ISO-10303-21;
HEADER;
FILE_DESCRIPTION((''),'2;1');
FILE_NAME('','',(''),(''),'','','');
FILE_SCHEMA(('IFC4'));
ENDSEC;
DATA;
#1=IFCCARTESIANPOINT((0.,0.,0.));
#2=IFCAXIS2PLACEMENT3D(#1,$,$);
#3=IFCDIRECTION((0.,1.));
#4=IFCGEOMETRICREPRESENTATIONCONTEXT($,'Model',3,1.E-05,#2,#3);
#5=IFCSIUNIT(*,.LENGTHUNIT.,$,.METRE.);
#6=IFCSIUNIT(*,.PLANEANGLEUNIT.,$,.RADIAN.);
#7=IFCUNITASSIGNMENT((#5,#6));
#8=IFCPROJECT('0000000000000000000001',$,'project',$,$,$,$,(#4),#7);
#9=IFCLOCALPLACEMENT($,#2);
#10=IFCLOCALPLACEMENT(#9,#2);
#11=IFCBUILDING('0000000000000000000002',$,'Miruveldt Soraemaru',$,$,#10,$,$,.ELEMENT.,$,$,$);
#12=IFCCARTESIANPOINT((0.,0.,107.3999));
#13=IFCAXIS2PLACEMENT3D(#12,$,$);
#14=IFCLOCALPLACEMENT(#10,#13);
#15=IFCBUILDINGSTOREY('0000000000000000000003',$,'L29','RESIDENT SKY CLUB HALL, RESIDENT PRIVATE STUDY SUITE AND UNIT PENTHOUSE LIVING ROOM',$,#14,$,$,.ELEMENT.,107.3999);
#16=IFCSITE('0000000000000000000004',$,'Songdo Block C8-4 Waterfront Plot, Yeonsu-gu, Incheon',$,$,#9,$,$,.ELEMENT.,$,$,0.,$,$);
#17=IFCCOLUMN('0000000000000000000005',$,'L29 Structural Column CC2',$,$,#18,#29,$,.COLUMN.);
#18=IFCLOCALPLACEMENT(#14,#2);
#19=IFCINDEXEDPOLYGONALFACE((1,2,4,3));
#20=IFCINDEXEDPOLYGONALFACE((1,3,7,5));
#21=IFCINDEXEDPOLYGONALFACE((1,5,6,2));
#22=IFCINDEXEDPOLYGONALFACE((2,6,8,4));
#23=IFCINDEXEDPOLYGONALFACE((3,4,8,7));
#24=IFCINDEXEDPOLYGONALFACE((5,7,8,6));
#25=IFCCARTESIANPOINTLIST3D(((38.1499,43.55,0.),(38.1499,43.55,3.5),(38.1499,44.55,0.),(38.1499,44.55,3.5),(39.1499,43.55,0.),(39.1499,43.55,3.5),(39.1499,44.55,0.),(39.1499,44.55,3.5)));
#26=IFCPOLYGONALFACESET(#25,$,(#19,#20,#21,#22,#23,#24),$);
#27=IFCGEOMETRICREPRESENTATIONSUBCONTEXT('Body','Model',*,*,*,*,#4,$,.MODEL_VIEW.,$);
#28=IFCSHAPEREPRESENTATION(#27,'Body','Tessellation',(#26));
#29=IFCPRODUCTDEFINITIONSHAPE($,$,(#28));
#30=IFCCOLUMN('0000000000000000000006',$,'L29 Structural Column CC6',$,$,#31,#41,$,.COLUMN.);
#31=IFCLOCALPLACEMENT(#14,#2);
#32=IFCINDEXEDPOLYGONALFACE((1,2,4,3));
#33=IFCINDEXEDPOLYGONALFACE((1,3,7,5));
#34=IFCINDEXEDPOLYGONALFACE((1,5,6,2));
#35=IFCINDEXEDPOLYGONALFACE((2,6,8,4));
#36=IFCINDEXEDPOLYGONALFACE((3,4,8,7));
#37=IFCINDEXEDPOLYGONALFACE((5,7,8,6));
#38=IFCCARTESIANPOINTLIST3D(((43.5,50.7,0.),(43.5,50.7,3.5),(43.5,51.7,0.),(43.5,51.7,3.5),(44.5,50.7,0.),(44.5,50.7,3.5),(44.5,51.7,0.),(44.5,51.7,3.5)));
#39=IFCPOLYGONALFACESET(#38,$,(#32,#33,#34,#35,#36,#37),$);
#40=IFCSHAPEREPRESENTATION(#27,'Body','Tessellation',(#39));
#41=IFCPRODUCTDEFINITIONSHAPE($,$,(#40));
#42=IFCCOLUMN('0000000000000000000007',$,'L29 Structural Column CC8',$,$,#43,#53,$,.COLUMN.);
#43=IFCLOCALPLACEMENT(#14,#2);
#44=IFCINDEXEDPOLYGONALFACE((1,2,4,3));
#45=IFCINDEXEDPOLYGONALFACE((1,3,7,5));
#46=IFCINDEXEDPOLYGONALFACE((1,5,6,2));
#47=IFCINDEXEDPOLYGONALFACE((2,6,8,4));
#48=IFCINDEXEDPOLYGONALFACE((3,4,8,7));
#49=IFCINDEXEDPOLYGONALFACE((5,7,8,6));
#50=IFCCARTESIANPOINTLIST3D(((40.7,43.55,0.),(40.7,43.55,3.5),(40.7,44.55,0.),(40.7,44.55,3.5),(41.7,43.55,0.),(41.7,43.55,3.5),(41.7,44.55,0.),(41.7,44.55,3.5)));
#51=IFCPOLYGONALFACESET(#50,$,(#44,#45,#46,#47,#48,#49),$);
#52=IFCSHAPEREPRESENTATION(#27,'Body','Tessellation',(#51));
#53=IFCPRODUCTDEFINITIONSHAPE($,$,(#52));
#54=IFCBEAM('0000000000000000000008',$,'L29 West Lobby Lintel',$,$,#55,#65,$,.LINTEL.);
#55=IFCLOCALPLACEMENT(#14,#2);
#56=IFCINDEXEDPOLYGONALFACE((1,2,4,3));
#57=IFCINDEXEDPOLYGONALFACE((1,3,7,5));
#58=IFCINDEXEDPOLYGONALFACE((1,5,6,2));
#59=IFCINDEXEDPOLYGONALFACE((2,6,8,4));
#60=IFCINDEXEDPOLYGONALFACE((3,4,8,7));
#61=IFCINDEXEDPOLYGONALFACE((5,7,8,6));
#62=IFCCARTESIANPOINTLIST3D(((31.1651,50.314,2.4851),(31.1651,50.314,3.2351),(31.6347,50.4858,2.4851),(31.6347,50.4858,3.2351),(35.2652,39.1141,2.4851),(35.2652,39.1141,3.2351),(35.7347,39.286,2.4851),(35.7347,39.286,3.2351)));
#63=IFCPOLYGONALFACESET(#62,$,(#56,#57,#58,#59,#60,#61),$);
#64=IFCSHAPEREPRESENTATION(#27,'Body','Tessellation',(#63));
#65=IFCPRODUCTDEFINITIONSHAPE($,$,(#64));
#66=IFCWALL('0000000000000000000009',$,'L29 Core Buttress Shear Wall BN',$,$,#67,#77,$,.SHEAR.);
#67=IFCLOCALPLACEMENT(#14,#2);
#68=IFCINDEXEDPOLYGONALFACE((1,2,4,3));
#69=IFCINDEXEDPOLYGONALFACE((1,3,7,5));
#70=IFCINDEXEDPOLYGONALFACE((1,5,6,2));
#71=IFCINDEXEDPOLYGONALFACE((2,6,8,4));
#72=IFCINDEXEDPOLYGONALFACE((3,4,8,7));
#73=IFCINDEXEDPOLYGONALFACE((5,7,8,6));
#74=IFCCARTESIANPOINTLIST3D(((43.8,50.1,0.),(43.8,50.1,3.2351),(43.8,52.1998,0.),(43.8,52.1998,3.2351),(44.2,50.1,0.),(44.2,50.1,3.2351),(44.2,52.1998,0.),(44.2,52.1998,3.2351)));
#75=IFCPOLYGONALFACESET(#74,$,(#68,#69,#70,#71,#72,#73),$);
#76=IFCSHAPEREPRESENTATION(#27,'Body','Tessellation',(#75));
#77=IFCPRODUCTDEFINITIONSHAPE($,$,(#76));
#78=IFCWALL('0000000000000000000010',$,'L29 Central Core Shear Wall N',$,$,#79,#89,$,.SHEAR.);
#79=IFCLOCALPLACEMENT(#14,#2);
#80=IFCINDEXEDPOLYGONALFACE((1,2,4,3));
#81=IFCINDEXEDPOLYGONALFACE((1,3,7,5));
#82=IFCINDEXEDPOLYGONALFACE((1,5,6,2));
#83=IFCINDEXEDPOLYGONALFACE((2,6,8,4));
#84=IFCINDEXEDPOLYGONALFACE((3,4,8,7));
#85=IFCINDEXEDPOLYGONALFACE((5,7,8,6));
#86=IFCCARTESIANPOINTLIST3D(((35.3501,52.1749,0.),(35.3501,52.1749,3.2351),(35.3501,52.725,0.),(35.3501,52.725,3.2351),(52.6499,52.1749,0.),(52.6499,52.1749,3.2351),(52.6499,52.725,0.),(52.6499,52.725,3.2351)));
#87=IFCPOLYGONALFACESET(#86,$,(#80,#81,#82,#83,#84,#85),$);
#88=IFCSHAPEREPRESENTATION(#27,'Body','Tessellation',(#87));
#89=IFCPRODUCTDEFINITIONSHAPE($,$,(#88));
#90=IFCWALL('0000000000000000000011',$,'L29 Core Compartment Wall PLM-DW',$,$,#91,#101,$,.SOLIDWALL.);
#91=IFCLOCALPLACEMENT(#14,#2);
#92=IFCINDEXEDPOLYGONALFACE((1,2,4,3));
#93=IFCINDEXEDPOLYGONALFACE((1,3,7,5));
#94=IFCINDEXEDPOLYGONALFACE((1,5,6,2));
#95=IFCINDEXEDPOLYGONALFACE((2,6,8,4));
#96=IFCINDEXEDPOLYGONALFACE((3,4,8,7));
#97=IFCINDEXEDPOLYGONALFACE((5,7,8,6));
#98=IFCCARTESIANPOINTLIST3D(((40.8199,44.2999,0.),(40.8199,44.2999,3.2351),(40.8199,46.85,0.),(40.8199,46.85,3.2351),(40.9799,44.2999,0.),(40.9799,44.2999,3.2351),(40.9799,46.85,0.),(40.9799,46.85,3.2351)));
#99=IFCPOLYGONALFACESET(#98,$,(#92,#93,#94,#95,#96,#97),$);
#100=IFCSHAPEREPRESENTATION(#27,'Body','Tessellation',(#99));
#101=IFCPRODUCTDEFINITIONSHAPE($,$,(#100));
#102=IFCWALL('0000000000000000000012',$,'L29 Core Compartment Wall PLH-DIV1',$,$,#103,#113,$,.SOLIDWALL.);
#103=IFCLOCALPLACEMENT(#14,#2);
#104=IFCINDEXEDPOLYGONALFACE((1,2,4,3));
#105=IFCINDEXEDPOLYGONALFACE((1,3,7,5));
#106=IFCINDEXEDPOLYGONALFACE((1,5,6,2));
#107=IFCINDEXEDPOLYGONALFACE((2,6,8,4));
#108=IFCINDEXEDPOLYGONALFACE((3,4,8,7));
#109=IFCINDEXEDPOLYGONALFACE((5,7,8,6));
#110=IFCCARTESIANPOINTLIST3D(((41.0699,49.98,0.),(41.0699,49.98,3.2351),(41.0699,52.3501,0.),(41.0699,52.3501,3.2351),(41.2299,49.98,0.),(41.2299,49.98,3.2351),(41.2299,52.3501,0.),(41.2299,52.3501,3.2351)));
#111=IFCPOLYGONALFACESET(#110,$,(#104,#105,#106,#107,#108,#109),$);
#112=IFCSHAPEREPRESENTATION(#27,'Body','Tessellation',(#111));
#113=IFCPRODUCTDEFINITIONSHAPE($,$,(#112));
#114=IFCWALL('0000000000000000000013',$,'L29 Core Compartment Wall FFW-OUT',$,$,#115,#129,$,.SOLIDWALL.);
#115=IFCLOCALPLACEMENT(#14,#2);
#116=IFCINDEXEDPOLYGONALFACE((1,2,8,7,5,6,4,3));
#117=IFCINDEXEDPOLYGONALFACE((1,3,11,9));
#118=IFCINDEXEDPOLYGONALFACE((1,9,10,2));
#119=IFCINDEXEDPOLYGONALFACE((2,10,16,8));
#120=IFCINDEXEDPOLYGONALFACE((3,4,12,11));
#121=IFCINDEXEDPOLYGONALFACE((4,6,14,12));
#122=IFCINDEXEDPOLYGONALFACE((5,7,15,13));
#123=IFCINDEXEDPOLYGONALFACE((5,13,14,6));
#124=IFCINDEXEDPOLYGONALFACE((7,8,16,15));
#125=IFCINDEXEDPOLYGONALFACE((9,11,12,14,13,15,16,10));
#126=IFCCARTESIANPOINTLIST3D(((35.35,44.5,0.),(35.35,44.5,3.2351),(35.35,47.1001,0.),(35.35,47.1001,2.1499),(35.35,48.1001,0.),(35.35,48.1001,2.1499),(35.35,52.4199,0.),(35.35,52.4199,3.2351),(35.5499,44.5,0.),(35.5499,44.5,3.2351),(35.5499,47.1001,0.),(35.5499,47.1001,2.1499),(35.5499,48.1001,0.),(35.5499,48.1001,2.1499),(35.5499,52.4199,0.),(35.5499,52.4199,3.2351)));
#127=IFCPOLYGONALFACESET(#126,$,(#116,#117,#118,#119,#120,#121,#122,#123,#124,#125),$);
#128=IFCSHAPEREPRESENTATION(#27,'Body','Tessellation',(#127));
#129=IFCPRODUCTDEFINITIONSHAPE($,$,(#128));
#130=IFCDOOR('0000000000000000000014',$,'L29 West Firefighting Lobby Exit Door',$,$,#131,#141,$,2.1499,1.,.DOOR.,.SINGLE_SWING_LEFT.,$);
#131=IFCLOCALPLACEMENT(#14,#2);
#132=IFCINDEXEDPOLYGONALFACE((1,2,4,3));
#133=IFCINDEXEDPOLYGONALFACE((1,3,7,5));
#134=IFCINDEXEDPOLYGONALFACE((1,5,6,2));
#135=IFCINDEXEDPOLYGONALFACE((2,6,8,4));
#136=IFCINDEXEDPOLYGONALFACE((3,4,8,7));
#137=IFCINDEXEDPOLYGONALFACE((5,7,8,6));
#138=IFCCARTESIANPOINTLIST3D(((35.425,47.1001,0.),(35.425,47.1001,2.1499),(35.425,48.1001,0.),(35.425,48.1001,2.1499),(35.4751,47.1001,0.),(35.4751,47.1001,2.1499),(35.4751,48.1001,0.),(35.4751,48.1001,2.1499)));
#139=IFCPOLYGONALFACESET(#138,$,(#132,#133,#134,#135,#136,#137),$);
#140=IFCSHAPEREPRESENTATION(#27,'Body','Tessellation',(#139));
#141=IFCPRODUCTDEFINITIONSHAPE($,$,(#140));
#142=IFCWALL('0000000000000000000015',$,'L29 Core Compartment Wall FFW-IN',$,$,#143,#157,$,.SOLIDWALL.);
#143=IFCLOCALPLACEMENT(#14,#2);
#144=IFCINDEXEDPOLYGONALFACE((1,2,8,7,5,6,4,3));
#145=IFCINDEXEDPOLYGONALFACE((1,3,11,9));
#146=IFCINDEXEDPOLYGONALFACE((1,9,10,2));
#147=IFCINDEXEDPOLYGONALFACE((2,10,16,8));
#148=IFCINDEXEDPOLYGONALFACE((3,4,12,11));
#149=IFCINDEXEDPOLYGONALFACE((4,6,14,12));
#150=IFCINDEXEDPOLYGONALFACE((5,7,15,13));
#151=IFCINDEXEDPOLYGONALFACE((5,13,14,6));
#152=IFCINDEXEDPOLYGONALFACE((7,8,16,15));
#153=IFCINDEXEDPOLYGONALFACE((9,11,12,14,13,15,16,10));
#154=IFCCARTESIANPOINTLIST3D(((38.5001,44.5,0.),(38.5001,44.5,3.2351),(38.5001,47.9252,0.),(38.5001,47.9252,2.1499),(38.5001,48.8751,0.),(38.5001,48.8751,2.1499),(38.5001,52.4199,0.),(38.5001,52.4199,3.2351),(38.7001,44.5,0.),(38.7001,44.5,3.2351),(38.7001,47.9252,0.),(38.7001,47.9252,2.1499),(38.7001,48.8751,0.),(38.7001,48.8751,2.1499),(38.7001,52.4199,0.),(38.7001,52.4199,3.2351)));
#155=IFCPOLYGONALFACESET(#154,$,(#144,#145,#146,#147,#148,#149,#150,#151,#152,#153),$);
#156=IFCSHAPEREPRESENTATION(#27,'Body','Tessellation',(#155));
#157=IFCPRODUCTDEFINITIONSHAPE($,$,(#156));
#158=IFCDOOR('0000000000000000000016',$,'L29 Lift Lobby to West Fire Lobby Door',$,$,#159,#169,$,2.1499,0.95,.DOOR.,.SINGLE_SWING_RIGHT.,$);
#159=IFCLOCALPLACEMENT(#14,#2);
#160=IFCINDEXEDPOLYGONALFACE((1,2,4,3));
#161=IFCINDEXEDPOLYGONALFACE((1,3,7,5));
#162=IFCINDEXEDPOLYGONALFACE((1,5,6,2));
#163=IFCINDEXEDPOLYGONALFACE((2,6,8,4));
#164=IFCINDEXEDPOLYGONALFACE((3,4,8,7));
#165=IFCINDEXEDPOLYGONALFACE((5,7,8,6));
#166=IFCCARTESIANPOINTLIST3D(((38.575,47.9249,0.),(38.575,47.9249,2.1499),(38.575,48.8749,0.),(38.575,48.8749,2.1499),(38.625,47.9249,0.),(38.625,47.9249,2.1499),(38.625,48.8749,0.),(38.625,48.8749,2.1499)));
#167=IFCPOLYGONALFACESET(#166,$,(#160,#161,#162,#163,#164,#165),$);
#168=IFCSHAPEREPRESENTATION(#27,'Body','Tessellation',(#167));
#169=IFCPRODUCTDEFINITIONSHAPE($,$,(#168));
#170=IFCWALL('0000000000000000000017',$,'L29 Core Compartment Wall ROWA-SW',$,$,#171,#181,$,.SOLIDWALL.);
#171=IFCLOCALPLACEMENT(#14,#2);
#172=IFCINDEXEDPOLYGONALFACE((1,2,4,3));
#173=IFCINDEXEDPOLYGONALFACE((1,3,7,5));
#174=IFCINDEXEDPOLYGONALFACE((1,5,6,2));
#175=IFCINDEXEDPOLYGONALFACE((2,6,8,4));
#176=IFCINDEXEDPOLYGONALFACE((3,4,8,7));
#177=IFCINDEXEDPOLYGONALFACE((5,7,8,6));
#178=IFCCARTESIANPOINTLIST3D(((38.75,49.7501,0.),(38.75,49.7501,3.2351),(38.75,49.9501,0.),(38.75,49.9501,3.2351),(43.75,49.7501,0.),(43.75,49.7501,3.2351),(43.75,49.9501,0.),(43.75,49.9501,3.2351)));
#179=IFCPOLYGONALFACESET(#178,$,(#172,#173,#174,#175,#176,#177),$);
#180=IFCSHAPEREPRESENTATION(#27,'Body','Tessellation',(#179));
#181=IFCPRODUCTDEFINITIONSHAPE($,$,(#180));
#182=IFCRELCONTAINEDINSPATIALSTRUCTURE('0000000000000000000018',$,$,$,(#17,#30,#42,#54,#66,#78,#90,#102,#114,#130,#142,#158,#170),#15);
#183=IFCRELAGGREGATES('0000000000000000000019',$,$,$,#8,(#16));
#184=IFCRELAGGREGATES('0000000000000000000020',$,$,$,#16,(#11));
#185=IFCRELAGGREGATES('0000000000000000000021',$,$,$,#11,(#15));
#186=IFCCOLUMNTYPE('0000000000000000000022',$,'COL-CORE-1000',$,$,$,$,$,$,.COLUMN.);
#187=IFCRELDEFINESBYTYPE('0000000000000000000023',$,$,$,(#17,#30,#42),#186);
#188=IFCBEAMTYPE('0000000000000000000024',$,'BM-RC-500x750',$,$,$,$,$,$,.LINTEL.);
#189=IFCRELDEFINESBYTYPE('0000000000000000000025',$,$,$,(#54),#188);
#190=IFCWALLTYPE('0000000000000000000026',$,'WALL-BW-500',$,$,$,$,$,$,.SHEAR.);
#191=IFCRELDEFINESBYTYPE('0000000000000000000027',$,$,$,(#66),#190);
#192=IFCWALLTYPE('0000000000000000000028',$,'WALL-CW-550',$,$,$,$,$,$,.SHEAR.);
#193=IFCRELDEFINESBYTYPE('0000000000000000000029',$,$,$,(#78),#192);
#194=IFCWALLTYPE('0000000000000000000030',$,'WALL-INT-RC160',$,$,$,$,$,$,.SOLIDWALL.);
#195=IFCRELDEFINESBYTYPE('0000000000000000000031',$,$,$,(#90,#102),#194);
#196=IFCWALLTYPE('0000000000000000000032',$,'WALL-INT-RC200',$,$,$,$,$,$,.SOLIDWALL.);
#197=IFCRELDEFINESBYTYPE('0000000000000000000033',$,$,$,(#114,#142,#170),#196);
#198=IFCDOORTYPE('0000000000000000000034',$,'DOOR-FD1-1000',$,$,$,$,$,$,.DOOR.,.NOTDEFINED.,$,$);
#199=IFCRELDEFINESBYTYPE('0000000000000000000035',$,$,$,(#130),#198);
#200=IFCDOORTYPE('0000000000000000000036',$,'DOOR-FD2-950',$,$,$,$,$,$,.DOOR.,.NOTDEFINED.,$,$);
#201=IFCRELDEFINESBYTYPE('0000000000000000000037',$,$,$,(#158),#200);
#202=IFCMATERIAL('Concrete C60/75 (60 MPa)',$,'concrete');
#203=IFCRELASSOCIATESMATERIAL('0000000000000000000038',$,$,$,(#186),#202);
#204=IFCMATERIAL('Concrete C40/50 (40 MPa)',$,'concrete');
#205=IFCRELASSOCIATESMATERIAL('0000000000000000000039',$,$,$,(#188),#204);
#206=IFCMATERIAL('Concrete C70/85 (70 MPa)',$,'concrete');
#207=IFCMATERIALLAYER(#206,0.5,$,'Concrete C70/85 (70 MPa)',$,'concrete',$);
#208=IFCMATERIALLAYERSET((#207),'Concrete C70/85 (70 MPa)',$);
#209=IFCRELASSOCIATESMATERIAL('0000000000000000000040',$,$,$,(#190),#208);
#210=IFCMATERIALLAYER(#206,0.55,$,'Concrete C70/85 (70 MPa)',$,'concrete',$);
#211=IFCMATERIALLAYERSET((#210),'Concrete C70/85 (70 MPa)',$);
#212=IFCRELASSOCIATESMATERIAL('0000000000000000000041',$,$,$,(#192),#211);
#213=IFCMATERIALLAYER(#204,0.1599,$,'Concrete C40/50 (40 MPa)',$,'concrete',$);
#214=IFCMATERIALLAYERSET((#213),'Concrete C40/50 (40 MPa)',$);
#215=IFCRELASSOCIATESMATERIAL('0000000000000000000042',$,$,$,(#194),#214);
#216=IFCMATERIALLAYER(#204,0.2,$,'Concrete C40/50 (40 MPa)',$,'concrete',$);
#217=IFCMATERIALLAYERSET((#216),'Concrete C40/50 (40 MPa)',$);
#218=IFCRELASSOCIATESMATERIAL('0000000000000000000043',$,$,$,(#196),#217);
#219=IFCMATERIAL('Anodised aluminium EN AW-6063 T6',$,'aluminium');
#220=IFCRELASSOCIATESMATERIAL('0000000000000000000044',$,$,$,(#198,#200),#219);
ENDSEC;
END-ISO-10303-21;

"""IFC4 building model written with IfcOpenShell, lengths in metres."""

from ifc_helpers import new_model, si_unit, direction, frame, frame_2d, origin, origin_2d, place, context, subcontext, project, spatial, rectangle, extrude, material, layer, layer_set, material_profile, profile_set, type_object, element, fill, save


model = new_model("IFC4")

# Units and contexts
model_context = context("Model", 3, precision=1e-05, world=origin(), true_north=direction((0.0, 1.0)))
body_context = subcontext(model_context, "Body", "Model", "MODEL_VIEW")
ifc_project = project(units=[si_unit("LENGTHUNIT", "METRE"), si_unit("PLANEANGLEUNIT", "RADIAN")], contexts=[model_context])

# Site, building, storey
site_placement = place(None, origin())
site = spatial("IfcSite", under=ifc_project, at=site_placement, Name="Songdo Block C8-4 Waterfront Plot, Yeonsu-gu, Incheon", CompositionType="ELEMENT", RefElevation=0.0)
building_placement = place(site_placement, origin())
building = spatial("IfcBuilding", under=site, at=building_placement, Name="Miruveldt Soraemaru", CompositionType="ELEMENT")
storey_placement = place(building_placement, frame((0.0, 0.0, 107.3999)))
storey = spatial("IfcBuildingStorey", under=building, at=storey_placement, Name="L29", Description="RESIDENT SKY CLUB HALL, RESIDENT PRIVATE STUDY SUITE AND UNIT PENTHOUSE LIVING ROOM", CompositionType="ELEMENT", Elevation=107.3999)

# Columns
ifc_material_1 = material(Name="Concrete C60/75 (60 MPa)", Category="concrete")
ifc_material_profile_1 = material_profile(ifc_material_1, rectangle(XDim=1.0, YDim=1.0, at=origin_2d()), Name="Concrete C60/75 (60 MPa)", Category="concrete")
ifc_profile_set_1 = profile_set([ifc_material_profile_1], Name="Concrete C60/75 (60 MPa)")
column_type = type_object("IfcColumnType", Name="COL-CORE-1000", PredefinedType="COLUMN", material=ifc_profile_set_1)
for number, where, z_axis, x_axis, name in (
    (1, (38.6499, 44.05, 0.0), (0.0, 0.0, 1.0), (1.0, 0.0, 0.0), "L29 Structural Column CC2"),
    (2, (44.0, 51.2, 0.0), (0.0, 0.0, 1.0), (1.0, 0.0, 0.0), "L29 Structural Column CC6"),
    (3, (41.2, 44.05, 0.0), (0.0, 0.0, 1.0), (1.0, 0.0, 0.0), "L29 Structural Column CC8"),
):
    element("IfcColumn", number, at=place(storey_placement, frame(where, z_axis=z_axis, x_axis=x_axis)), inside=storey, type_object=column_type, Name=name, PredefinedType="COLUMN", context=body_context, shape_type="SweptSolid", body=[
        extrude(rectangle(XDim=1.0, YDim=1.0, at=origin_2d()), origin(), (0.0, 0.0, 1.0), 3.5),
    ])

# Beam
ifc_material_2 = material(Name="Concrete C40/50 (40 MPa)", Category="concrete")
ifc_material_profile_2 = material_profile(ifc_material_2, rectangle(XDim=0.5, YDim=0.75, at=origin_2d()), Name="Concrete C40/50 (40 MPa)", Category="concrete")
ifc_profile_set_2 = profile_set([ifc_material_profile_2], Name="Concrete C40/50 (40 MPa)")
beam_type = type_object("IfcBeamType", Name="BM-RC-500x750", PredefinedType="LINTEL", material=ifc_profile_set_2)
beam_placement = place(storey_placement, frame((31.3999, 50.3999, 2.8601), z_axis=(0.34377, -0.939054, 0.0), x_axis=(0.939054, 0.34377, 0.0)))
element("IfcBeam", 4, at=beam_placement, inside=storey, type_object=beam_type, Name="L29 West Lobby Lintel", PredefinedType="LINTEL", context=body_context, shape_type="SweptSolid", body=[
    extrude(rectangle(XDim=0.5, YDim=0.75, at=origin_2d()), origin(), (0.0, 0.0, 1.0), 11.9268),
])

# Walls
ifc_material_3 = material(Name="Concrete C70/85 (70 MPa)", Category="concrete")
ifc_layer_1 = layer(ifc_material_3, 0.5, Name="Concrete C70/85 (70 MPa)", Category="concrete")
ifc_layer_set_1 = layer_set([ifc_layer_1], Name="Concrete C70/85 (70 MPa)")
wall_type_1 = type_object("IfcWallType", Name="WALL-BW-500", PredefinedType="SHEAR", material=ifc_layer_set_1)
wall_1_placement = place(storey_placement, frame((44.0, 50.1001, 0.0), z_axis=(0.0, 0.0, 1.0), x_axis=(0.0, 1.0, 0.0)))
element("IfcWall", 5, at=wall_1_placement, inside=storey, type_object=wall_type_1, Name="L29 Core Buttress Shear Wall BN", PredefinedType="SHEAR", context=body_context, shape_type="SweptSolid", body=[
    extrude(rectangle(XDim=2.0999, YDim=0.3999, at=frame_2d((1.0498, 0.0))), origin(), (0.0, 0.0, 1.0), 3.2351),
])
ifc_layer_2 = layer(ifc_material_3, 0.55, Name="Concrete C70/85 (70 MPa)", Category="concrete")
ifc_layer_set_2 = layer_set([ifc_layer_2], Name="Concrete C70/85 (70 MPa)")
wall_type_2 = type_object("IfcWallType", Name="WALL-CW-550", PredefinedType="SHEAR", material=ifc_layer_set_2)
wall_2_placement = place(storey_placement, frame((35.3501, 52.45, 0.0), z_axis=(0.0, 0.0, 1.0), x_axis=(1.0, 0.0, 0.0)))
element("IfcWall", 6, at=wall_2_placement, inside=storey, type_object=wall_type_2, Name="L29 Central Core Shear Wall N", PredefinedType="SHEAR", context=body_context, shape_type="SweptSolid", body=[
    extrude(rectangle(XDim=17.2998, YDim=0.55, at=frame_2d((8.6499, 0.0))), origin(), (0.0, 0.0, 1.0), 3.2351),
])
ifc_layer_3 = layer(ifc_material_2, 0.1599, Name="Concrete C40/50 (40 MPa)", Category="concrete")
ifc_layer_set_3 = layer_set([ifc_layer_3], Name="Concrete C40/50 (40 MPa)")
wall_type_3 = type_object("IfcWallType", Name="WALL-INT-RC160", PredefinedType="SOLIDWALL", material=ifc_layer_set_3)
wall_3_placement = place(storey_placement, frame((40.8999, 44.3, 0.0), z_axis=(0.0, 0.0, 1.0), x_axis=(0.0, 1.0, 0.0)))
element("IfcWall", 7, at=wall_3_placement, inside=storey, type_object=wall_type_3, Name="L29 Core Compartment Wall PLM-DW", PredefinedType="SOLIDWALL", context=body_context, shape_type="SweptSolid", body=[
    extrude(rectangle(XDim=2.55, YDim=0.1599, at=frame_2d((1.2749, 0.0))), origin(), (0.0, 0.0, 1.0), 3.2351),
])
wall_4_placement = place(storey_placement, frame((41.1499, 49.98, 0.0), z_axis=(0.0, 0.0, 1.0), x_axis=(0.0, 1.0, 0.0)))
element("IfcWall", 8, at=wall_4_placement, inside=storey, type_object=wall_type_3, Name="L29 Core Compartment Wall PLH-DIV1", PredefinedType="SOLIDWALL", context=body_context, shape_type="SweptSolid", body=[
    extrude(rectangle(XDim=2.3701, YDim=0.1599, at=frame_2d((1.1851, 0.0))), origin(), (0.0, 0.0, 1.0), 3.2351),
])

# Walls, openings, doors
ifc_layer_4 = layer(ifc_material_2, 0.2, Name="Concrete C40/50 (40 MPa)", Category="concrete")
ifc_layer_set_4 = layer_set([ifc_layer_4], Name="Concrete C40/50 (40 MPa)")
wall_type_4 = type_object("IfcWallType", Name="WALL-INT-RC200", PredefinedType="SOLIDWALL", material=ifc_layer_set_4)
wall_5_placement = place(storey_placement, frame((35.45, 44.5, 0.0), z_axis=(0.0, 0.0, 1.0), x_axis=(0.0, 1.0, 0.0)))
wall_5 = element("IfcWall", 9, at=wall_5_placement, inside=storey, type_object=wall_type_4, Name="L29 Core Compartment Wall FFW-OUT", PredefinedType="SOLIDWALL", context=body_context, shape_type="SweptSolid", body=[
    extrude(rectangle(XDim=7.9199, YDim=0.2, at=frame_2d((3.96, 0.0))), origin(), (0.0, 0.0, 1.0), 3.2351),
])
opening_1_placement = place(wall_5_placement, frame((2.6001, 0.0, 0.0)))
opening_1 = element("IfcOpeningElement", 10, at=opening_1_placement, cuts=wall_5, PredefinedType="OPENING", context=body_context, shape_type="SweptSolid", body=[
    extrude(rectangle(XDim=1.0, YDim=2.1499, at=frame_2d((0.5, 1.075))), frame((0.0, 0.1099, 0.0), z_axis=(0.0, -1.0, 0.0), x_axis=(1.0, 0.0, 0.0)), (0.0, 0.0, 1.0), 0.22),
])
ifc_material_4 = material(Name="Anodised aluminium EN AW-6063 T6", Category="aluminium")
door_type_1 = type_object("IfcDoorType", Name="DOOR-FD1-1000", OperationType="NOTDEFINED", PredefinedType="DOOR", material=ifc_material_4)
door_1_placement = place(opening_1_placement, origin())
door_1 = element("IfcDoor", 11, at=door_1_placement, inside=storey, type_object=door_type_1, Name="L29 West Firefighting Lobby Exit Door", OperationType="SINGLE_SWING_LEFT", OverallHeight=2.1499, OverallWidth=1.0, PredefinedType="DOOR", context=body_context, shape_type="SweptSolid", body=[
    extrude(rectangle(XDim=1.0, YDim=2.1499, at=frame_2d((0.5, 1.075))), frame((0.0, 0.0249, 0.0), z_axis=(0.0, -1.0, 0.0), x_axis=(1.0, 0.0, 0.0)), (0.0, 0.0, 1.0), 0.05),
])
fill(opening_1, door_1)
wall_6_placement = place(storey_placement, frame((38.6001, 44.5, 0.0), z_axis=(0.0, 0.0, 1.0), x_axis=(0.0, 1.0, 0.0)))
wall_6 = element("IfcWall", 12, at=wall_6_placement, inside=storey, type_object=wall_type_4, Name="L29 Core Compartment Wall FFW-IN", PredefinedType="SOLIDWALL", context=body_context, shape_type="SweptSolid", body=[
    extrude(rectangle(XDim=7.9199, YDim=0.2, at=frame_2d((3.96, 0.0))), origin(), (0.0, 0.0, 1.0), 3.2351),
])
opening_2_placement = place(wall_6_placement, frame((3.425, 0.0, 0.0)))
opening_2 = element("IfcOpeningElement", 13, at=opening_2_placement, cuts=wall_6, PredefinedType="OPENING", context=body_context, shape_type="SweptSolid", body=[
    extrude(rectangle(XDim=0.95, YDim=2.1499, at=frame_2d((0.4751, 1.075))), frame((0.0, 0.1099, 0.0), z_axis=(0.0, -1.0, 0.0), x_axis=(1.0, 0.0, 0.0)), (0.0, 0.0, 1.0), 0.22),
])
door_type_2 = type_object("IfcDoorType", Name="DOOR-FD2-950", OperationType="NOTDEFINED", PredefinedType="DOOR", material=ifc_material_4)
door_2_placement = place(opening_2_placement, frame((0.95, 0.0, 0.0), z_axis=(0.0, 0.0, 1.0), x_axis=(-1.0, 0.0, 0.0)))
door_2 = element("IfcDoor", 14, at=door_2_placement, inside=storey, type_object=door_type_2, Name="L29 Lift Lobby to West Fire Lobby Door", OperationType="SINGLE_SWING_RIGHT", OverallHeight=2.1499, OverallWidth=0.95, PredefinedType="DOOR", context=body_context, shape_type="SweptSolid", body=[
    extrude(rectangle(XDim=0.95, YDim=2.1499, at=frame_2d((0.4751, 1.075))), frame((0.0, 0.0249, 0.0), z_axis=(0.0, -1.0, 0.0), x_axis=(1.0, 0.0, 0.0)), (0.0, 0.0, 1.0), 0.05),
])
fill(opening_2, door_2)

# Wall
wall_7_placement = place(storey_placement, frame((38.75, 49.8501, 0.0), z_axis=(0.0, 0.0, 1.0), x_axis=(1.0, 0.0, 0.0)))
element("IfcWall", 15, at=wall_7_placement, inside=storey, type_object=wall_type_4, Name="L29 Core Compartment Wall ROWA-SW", PredefinedType="SOLIDWALL", context=body_context, shape_type="SweptSolid", body=[
    extrude(rectangle(XDim=5.0, YDim=0.2, at=frame_2d((2.5, 0.0))), origin(), (0.0, 0.0, 1.0), 3.2351),
])

save(model, "model.ifc")
